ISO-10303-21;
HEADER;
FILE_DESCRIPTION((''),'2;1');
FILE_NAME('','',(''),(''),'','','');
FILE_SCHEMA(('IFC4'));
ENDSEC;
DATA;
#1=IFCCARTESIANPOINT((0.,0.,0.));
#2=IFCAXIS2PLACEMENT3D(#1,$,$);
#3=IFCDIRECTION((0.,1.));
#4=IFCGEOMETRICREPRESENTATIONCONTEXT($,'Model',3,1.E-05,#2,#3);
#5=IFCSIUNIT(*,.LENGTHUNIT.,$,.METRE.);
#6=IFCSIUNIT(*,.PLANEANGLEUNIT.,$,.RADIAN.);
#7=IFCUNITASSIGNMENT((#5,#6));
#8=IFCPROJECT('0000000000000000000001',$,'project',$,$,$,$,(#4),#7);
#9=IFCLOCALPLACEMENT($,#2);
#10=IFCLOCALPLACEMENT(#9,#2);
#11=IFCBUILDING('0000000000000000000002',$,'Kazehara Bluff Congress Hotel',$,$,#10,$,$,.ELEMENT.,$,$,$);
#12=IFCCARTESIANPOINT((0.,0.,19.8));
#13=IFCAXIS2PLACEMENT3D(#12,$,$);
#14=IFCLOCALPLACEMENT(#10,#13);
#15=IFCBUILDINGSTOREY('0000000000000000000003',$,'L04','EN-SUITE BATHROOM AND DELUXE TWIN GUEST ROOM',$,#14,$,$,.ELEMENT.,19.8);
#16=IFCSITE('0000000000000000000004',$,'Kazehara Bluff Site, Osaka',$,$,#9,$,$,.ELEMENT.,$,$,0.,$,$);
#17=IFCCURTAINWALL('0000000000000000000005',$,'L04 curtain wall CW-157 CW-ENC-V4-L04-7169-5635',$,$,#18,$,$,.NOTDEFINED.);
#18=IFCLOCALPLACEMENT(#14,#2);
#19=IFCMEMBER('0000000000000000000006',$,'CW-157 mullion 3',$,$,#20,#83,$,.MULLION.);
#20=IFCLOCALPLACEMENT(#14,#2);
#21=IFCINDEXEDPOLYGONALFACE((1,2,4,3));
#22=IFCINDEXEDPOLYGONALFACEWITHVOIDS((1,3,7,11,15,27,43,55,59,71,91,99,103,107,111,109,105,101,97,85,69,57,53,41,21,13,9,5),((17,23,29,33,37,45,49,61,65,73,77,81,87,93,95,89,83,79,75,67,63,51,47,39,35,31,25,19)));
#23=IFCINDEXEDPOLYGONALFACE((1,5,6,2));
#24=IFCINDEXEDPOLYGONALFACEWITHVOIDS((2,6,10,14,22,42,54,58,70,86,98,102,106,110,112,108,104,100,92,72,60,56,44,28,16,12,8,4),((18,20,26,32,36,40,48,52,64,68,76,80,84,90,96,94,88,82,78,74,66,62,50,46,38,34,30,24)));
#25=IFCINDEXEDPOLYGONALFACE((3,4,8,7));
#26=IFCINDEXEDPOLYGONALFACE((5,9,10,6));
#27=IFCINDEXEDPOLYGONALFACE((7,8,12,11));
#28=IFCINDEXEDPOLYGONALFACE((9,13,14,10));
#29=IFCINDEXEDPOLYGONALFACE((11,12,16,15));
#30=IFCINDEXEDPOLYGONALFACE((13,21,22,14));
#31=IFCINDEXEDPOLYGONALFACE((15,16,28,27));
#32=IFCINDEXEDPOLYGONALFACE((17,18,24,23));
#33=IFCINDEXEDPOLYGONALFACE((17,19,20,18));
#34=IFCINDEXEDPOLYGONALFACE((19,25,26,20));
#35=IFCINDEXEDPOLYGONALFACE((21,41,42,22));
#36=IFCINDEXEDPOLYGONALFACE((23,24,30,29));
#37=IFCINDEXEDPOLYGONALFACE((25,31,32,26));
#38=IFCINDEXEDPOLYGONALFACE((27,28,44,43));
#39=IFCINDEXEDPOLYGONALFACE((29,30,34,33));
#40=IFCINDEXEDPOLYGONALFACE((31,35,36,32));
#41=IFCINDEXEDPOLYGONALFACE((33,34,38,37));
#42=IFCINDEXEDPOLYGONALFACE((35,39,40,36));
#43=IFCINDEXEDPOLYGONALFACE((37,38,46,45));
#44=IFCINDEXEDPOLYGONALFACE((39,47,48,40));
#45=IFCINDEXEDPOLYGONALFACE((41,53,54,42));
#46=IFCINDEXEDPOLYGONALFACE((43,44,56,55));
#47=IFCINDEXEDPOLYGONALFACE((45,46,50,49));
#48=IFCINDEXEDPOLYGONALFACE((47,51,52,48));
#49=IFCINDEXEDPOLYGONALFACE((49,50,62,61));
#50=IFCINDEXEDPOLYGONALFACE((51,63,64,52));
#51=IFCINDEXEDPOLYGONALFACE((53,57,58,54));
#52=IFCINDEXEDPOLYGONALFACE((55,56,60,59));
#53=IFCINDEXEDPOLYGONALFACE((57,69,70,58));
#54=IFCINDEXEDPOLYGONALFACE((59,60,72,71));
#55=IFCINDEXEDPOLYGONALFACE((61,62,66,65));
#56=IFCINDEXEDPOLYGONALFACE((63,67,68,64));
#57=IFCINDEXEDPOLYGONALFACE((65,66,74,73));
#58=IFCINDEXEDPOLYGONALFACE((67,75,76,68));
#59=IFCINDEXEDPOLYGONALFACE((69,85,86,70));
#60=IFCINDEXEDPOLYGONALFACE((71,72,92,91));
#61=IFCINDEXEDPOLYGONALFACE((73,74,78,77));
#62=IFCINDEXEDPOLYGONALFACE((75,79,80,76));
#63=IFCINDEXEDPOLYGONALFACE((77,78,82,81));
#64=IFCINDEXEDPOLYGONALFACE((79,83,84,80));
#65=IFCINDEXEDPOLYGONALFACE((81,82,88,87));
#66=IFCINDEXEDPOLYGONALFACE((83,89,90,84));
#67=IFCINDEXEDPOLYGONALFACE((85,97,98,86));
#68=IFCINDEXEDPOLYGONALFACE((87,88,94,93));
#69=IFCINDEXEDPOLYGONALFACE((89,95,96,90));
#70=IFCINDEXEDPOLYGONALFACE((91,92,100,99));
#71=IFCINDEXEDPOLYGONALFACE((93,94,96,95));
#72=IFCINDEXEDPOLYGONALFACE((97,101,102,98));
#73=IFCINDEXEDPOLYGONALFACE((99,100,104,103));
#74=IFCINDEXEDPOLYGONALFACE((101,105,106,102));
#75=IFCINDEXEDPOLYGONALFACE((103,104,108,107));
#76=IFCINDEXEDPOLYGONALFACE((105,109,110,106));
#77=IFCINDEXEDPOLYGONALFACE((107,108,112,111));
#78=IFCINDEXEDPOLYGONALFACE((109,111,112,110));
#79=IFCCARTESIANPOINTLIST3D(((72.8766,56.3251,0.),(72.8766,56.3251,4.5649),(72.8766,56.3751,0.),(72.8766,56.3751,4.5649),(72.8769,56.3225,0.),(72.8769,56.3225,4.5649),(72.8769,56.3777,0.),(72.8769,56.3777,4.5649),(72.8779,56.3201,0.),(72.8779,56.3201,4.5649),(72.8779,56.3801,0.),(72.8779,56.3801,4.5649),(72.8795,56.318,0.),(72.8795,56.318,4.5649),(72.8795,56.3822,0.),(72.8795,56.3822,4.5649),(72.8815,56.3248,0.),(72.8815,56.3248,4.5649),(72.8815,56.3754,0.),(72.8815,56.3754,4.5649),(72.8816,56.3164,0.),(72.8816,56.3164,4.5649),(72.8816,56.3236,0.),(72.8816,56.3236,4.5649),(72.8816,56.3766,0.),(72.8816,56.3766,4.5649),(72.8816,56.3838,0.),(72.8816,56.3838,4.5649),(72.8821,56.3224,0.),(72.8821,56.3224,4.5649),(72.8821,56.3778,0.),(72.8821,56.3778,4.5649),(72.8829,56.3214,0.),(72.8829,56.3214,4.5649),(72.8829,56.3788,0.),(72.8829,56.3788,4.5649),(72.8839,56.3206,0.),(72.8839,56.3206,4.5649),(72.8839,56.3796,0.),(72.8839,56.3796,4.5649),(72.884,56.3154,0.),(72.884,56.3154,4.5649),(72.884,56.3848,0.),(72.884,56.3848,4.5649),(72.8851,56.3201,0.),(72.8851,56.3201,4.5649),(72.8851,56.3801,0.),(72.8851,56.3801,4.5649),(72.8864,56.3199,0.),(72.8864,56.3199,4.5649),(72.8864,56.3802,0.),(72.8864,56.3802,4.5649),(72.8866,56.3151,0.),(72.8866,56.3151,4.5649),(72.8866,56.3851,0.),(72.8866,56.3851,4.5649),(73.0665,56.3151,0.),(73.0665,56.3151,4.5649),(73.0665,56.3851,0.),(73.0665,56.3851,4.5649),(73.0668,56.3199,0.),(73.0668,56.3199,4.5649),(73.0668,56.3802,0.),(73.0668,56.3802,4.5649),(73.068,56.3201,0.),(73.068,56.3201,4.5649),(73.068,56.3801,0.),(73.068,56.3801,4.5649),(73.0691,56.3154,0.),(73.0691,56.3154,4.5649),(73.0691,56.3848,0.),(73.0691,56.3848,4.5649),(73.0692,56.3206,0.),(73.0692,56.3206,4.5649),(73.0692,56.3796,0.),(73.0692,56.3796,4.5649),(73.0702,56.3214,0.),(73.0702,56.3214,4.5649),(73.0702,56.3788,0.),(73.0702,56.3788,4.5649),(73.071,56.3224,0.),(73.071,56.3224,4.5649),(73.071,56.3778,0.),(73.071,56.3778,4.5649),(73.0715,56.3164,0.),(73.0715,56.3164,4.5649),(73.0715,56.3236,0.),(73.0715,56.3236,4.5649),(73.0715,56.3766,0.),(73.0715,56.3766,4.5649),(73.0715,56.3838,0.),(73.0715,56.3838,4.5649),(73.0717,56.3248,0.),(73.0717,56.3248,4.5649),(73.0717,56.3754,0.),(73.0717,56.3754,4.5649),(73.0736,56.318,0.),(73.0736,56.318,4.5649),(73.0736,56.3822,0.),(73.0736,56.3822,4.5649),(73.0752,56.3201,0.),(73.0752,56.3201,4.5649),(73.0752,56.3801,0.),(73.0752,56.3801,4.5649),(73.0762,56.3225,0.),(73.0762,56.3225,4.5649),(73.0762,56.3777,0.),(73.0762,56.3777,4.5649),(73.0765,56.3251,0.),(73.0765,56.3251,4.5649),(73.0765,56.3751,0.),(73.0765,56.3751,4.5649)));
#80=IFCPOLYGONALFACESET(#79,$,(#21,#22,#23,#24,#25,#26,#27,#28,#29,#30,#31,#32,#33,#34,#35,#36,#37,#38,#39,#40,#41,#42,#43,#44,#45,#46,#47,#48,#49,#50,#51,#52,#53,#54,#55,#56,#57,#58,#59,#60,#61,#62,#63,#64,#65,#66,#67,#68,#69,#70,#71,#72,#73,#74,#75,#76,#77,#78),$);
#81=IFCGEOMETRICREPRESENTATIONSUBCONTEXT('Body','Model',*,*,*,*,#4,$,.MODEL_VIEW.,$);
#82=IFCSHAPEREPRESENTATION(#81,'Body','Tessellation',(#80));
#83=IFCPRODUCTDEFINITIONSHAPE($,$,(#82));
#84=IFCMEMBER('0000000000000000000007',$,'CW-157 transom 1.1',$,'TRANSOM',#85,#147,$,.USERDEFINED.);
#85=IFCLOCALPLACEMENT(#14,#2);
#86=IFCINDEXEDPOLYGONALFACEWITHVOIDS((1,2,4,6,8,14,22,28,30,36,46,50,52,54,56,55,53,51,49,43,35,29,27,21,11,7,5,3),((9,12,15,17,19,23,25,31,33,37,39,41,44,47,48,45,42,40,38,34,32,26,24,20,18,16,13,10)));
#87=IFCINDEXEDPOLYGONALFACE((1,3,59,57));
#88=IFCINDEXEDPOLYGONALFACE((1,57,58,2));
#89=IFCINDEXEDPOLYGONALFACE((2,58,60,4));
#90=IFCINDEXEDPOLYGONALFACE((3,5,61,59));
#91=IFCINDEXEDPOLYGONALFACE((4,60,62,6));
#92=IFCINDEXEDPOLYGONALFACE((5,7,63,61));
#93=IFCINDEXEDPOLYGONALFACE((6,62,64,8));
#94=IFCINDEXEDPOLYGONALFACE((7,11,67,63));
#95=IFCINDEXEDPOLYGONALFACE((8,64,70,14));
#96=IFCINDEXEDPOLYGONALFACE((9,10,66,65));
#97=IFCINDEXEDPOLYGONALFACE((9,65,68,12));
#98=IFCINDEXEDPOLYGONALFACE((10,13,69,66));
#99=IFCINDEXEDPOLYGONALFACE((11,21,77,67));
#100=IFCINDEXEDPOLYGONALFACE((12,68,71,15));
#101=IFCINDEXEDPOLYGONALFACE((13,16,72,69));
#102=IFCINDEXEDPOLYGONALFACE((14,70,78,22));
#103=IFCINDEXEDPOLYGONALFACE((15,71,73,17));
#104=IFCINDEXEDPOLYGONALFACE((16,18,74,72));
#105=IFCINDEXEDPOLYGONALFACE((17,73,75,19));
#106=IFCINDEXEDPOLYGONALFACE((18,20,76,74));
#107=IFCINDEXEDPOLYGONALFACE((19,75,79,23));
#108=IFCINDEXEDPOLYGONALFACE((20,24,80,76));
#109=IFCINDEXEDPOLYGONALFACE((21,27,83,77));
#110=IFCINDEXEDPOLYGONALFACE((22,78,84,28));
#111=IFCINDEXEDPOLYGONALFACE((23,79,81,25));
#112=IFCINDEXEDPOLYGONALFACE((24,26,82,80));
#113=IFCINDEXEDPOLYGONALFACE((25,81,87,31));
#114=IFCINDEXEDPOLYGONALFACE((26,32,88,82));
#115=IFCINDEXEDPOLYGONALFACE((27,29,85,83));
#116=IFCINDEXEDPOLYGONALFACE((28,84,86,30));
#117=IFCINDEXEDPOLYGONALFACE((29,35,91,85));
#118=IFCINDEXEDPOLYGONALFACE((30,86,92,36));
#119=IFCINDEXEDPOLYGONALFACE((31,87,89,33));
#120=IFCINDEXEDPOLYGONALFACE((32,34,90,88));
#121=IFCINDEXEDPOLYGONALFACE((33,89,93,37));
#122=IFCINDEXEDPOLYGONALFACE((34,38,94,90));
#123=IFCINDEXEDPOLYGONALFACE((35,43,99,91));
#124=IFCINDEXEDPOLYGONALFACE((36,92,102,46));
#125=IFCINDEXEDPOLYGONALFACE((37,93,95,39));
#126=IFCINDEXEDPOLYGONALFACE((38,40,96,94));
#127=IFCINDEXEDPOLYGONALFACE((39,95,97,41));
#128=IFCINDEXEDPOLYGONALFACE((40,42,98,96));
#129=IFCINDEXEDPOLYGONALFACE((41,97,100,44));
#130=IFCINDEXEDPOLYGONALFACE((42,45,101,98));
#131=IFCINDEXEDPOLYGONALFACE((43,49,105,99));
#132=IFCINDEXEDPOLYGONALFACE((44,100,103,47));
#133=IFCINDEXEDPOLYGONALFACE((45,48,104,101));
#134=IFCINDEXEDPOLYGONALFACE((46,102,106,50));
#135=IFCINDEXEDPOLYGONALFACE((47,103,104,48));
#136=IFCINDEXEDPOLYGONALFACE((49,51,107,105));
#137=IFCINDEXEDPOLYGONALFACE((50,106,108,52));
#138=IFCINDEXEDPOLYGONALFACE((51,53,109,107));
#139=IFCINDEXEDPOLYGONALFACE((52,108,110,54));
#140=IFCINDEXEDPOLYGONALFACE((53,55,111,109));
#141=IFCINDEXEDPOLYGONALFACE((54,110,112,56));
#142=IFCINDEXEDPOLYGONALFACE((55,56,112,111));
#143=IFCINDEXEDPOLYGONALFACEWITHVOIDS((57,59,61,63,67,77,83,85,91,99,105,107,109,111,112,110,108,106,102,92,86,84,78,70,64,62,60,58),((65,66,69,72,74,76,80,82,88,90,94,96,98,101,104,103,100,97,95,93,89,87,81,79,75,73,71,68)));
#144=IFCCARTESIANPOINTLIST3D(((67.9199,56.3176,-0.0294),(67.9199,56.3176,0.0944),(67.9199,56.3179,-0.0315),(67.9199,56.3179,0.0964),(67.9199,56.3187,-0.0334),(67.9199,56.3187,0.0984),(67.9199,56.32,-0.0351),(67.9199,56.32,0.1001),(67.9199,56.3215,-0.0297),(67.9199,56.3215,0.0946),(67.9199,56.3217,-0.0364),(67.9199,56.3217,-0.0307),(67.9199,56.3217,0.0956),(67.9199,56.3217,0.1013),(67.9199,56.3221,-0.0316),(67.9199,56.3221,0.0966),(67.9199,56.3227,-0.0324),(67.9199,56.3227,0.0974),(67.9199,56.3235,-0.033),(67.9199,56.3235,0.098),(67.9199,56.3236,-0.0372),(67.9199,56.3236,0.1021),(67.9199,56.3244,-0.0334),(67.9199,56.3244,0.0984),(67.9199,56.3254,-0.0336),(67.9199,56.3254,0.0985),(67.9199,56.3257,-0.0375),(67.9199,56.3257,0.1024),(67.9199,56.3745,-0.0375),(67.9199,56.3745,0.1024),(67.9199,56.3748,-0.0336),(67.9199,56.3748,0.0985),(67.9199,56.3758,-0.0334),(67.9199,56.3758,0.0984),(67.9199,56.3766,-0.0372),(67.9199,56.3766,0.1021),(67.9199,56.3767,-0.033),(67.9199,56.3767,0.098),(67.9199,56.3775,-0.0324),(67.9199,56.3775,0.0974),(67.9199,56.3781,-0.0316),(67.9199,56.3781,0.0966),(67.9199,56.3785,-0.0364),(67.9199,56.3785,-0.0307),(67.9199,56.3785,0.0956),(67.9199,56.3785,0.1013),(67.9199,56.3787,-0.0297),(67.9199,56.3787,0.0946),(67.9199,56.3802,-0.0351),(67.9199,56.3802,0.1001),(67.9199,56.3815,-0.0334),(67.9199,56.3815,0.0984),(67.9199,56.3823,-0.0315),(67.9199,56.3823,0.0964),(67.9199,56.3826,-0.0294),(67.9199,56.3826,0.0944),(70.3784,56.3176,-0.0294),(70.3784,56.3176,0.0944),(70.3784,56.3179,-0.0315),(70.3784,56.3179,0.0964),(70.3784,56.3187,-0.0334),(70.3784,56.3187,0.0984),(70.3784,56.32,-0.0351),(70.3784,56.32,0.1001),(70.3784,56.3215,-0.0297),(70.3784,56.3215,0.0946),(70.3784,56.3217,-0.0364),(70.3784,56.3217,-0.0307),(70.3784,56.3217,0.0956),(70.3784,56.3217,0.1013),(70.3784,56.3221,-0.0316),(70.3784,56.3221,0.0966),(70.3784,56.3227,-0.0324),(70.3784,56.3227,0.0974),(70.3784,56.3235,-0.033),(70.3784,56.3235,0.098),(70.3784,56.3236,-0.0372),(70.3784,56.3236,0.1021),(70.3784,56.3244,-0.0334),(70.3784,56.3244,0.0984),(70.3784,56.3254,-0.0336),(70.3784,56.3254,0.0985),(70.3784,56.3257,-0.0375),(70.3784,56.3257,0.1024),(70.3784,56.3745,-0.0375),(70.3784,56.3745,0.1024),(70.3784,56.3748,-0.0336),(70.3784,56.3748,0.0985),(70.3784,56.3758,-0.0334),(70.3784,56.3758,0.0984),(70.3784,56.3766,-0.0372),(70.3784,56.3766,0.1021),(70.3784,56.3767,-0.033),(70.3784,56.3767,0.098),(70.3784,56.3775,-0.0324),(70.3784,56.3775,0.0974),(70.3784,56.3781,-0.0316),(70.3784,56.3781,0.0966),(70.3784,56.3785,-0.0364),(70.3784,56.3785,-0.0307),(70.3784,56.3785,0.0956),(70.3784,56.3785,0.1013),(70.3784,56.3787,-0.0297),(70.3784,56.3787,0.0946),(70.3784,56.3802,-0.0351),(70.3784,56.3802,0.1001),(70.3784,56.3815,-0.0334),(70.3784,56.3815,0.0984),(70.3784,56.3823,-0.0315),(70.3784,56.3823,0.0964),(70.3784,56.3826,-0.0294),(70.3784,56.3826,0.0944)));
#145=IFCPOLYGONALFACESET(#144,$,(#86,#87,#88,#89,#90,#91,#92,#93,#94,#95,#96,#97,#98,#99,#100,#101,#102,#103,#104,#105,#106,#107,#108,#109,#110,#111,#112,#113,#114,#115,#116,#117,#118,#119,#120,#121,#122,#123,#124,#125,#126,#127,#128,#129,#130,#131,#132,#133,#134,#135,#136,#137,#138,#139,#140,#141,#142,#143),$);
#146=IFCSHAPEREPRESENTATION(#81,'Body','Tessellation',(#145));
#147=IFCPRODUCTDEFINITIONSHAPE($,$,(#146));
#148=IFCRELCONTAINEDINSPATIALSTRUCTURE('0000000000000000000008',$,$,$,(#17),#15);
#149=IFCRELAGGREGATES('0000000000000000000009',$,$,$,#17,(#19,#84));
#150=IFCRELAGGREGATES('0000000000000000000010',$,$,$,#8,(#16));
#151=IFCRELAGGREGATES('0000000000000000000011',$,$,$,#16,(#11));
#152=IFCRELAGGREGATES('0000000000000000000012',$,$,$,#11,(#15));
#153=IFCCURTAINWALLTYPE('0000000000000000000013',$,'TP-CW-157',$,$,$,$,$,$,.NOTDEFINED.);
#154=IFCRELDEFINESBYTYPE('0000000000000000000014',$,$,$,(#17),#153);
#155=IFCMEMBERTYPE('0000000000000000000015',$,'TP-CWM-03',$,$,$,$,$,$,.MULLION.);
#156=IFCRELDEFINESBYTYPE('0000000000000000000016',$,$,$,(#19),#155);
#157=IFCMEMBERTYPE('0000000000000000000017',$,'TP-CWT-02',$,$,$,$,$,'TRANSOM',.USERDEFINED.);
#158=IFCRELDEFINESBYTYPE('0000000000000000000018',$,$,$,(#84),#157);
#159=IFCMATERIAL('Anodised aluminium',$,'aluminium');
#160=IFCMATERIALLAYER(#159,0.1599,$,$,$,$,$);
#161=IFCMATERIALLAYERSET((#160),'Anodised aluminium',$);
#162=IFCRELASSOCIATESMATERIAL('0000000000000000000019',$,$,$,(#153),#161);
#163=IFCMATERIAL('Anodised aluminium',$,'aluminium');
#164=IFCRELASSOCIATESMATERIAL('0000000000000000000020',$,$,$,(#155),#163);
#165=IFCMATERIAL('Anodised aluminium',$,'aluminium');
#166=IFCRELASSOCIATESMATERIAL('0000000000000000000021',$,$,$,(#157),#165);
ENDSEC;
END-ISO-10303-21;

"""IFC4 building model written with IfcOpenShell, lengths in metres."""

from ifc_helpers import new_model, si_unit, direction, frame, origin, origin_2d, place, context, subcontext, project, spatial, hollow_rectangle, extrude, material, layer, layer_set, material_profile, profile_set, type_object, element, aggregate, save


model = new_model("IFC4")

# Units and contexts
model_context = context("Model", 3, precision=1e-05, world=origin(), true_north=direction((0.0, 1.0)))
body_context = subcontext(model_context, "Body", "Model", "MODEL_VIEW")
ifc_project = project(units=[si_unit("LENGTHUNIT", "METRE"), si_unit("PLANEANGLEUNIT", "RADIAN")], contexts=[model_context])

# Site, building, storey
site_placement = place(None, origin())
site = spatial("IfcSite", under=ifc_project, at=site_placement, Name="Kazehara Bluff Site, Osaka", CompositionType="ELEMENT", RefElevation=0.0)
building_placement = place(site_placement, origin())
building = spatial("IfcBuilding", under=site, at=building_placement, Name="Kazehara Bluff Congress Hotel", CompositionType="ELEMENT")
storey_placement = place(building_placement, frame((0.0, 0.0, 19.8)))
storey = spatial("IfcBuildingStorey", under=building, at=storey_placement, Name="L04", Description="EN-SUITE BATHROOM AND DELUXE TWIN GUEST ROOM", CompositionType="ELEMENT", Elevation=19.8)

# Curtain wall, members
ifc_material_1 = material(Name="Anodised aluminium", Category="aluminium")
ifc_layer_1 = layer(ifc_material_1, 0.1599)
ifc_layer_set_1 = layer_set([ifc_layer_1], Name="Anodised aluminium")
curtain_wall_type_1 = type_object("IfcCurtainWallType", Name="TP-CW-157", PredefinedType="NOTDEFINED", material=ifc_layer_set_1)
curtain_wall_1_placement = place(storey_placement, origin())
curtain_wall_1 = element("IfcCurtainWall", 1, at=curtain_wall_1_placement, inside=storey, type_object=curtain_wall_type_1, Name="L04 curtain wall CW-157 CW-ENC-V4-L04-7169-5635", PredefinedType="NOTDEFINED")
ifc_material_2 = material(Name="Anodised aluminium", Category="aluminium")
ifc_material_profile_1 = material_profile(ifc_material_2, hollow_rectangle(XDim=0.0701, YDim=0.2, WallThickness=0.0049, InnerFilletRadius=0.0049, OuterFilletRadius=0.01, at=origin_2d()))
ifc_profile_set_1 = profile_set([ifc_material_profile_1], Name="Anodised aluminium")
member_type_1 = type_object("IfcMemberType", Name="TP-CWM-03", PredefinedType="MULLION", material=ifc_profile_set_1)
member_1_placement = place(storey_placement, frame((72.9766, 56.3501, 0.0), z_axis=(0.0, 0.0, 1.0), x_axis=(0.0, 1.0, 0.0)))
member_1 = element("IfcMember", 2, at=member_1_placement, type_object=member_type_1, Name="CW-157 mullion 3", PredefinedType="MULLION", context=body_context, shape_type="SweptSolid", body=[
    extrude(hollow_rectangle(XDim=0.0701, YDim=0.2, WallThickness=0.0049, InnerFilletRadius=0.0049, OuterFilletRadius=0.01, at=origin_2d()), origin(), (0.0, 0.0, 1.0), 4.5649),
])
ifc_material_3 = material(Name="Anodised aluminium", Category="aluminium")
ifc_material_profile_2 = material_profile(ifc_material_3, hollow_rectangle(XDim=0.0649, YDim=0.1399, WallThickness=0.0039, InnerFilletRadius=0.0039, OuterFilletRadius=0.0081, at=origin_2d()))
ifc_profile_set_2 = profile_set([ifc_material_profile_2], Name="Anodised aluminium")
member_type_2 = type_object("IfcMemberType", Name="TP-CWT-02", ElementType="TRANSOM", PredefinedType="USERDEFINED", material=ifc_profile_set_2)
member_2_placement = place(storey_placement, frame((67.9199, 56.3501, 0.0325), z_axis=(1.0, 0.0, 0.0), x_axis=(0.0, 1.0, 0.0)))
member_2 = element("IfcMember", 3, at=member_2_placement, type_object=member_type_2, Name="CW-157 transom 1.1", ObjectType="TRANSOM", PredefinedType="USERDEFINED", context=body_context, shape_type="SweptSolid", body=[
    extrude(hollow_rectangle(XDim=0.0649, YDim=0.1399, WallThickness=0.0039, InnerFilletRadius=0.0039, OuterFilletRadius=0.0081, at=origin_2d()), origin(), (0.0, 0.0, 1.0), 2.4585),
])

aggregate(curtain_wall_1, [member_1, member_2])

save(model, "model.ifc")
